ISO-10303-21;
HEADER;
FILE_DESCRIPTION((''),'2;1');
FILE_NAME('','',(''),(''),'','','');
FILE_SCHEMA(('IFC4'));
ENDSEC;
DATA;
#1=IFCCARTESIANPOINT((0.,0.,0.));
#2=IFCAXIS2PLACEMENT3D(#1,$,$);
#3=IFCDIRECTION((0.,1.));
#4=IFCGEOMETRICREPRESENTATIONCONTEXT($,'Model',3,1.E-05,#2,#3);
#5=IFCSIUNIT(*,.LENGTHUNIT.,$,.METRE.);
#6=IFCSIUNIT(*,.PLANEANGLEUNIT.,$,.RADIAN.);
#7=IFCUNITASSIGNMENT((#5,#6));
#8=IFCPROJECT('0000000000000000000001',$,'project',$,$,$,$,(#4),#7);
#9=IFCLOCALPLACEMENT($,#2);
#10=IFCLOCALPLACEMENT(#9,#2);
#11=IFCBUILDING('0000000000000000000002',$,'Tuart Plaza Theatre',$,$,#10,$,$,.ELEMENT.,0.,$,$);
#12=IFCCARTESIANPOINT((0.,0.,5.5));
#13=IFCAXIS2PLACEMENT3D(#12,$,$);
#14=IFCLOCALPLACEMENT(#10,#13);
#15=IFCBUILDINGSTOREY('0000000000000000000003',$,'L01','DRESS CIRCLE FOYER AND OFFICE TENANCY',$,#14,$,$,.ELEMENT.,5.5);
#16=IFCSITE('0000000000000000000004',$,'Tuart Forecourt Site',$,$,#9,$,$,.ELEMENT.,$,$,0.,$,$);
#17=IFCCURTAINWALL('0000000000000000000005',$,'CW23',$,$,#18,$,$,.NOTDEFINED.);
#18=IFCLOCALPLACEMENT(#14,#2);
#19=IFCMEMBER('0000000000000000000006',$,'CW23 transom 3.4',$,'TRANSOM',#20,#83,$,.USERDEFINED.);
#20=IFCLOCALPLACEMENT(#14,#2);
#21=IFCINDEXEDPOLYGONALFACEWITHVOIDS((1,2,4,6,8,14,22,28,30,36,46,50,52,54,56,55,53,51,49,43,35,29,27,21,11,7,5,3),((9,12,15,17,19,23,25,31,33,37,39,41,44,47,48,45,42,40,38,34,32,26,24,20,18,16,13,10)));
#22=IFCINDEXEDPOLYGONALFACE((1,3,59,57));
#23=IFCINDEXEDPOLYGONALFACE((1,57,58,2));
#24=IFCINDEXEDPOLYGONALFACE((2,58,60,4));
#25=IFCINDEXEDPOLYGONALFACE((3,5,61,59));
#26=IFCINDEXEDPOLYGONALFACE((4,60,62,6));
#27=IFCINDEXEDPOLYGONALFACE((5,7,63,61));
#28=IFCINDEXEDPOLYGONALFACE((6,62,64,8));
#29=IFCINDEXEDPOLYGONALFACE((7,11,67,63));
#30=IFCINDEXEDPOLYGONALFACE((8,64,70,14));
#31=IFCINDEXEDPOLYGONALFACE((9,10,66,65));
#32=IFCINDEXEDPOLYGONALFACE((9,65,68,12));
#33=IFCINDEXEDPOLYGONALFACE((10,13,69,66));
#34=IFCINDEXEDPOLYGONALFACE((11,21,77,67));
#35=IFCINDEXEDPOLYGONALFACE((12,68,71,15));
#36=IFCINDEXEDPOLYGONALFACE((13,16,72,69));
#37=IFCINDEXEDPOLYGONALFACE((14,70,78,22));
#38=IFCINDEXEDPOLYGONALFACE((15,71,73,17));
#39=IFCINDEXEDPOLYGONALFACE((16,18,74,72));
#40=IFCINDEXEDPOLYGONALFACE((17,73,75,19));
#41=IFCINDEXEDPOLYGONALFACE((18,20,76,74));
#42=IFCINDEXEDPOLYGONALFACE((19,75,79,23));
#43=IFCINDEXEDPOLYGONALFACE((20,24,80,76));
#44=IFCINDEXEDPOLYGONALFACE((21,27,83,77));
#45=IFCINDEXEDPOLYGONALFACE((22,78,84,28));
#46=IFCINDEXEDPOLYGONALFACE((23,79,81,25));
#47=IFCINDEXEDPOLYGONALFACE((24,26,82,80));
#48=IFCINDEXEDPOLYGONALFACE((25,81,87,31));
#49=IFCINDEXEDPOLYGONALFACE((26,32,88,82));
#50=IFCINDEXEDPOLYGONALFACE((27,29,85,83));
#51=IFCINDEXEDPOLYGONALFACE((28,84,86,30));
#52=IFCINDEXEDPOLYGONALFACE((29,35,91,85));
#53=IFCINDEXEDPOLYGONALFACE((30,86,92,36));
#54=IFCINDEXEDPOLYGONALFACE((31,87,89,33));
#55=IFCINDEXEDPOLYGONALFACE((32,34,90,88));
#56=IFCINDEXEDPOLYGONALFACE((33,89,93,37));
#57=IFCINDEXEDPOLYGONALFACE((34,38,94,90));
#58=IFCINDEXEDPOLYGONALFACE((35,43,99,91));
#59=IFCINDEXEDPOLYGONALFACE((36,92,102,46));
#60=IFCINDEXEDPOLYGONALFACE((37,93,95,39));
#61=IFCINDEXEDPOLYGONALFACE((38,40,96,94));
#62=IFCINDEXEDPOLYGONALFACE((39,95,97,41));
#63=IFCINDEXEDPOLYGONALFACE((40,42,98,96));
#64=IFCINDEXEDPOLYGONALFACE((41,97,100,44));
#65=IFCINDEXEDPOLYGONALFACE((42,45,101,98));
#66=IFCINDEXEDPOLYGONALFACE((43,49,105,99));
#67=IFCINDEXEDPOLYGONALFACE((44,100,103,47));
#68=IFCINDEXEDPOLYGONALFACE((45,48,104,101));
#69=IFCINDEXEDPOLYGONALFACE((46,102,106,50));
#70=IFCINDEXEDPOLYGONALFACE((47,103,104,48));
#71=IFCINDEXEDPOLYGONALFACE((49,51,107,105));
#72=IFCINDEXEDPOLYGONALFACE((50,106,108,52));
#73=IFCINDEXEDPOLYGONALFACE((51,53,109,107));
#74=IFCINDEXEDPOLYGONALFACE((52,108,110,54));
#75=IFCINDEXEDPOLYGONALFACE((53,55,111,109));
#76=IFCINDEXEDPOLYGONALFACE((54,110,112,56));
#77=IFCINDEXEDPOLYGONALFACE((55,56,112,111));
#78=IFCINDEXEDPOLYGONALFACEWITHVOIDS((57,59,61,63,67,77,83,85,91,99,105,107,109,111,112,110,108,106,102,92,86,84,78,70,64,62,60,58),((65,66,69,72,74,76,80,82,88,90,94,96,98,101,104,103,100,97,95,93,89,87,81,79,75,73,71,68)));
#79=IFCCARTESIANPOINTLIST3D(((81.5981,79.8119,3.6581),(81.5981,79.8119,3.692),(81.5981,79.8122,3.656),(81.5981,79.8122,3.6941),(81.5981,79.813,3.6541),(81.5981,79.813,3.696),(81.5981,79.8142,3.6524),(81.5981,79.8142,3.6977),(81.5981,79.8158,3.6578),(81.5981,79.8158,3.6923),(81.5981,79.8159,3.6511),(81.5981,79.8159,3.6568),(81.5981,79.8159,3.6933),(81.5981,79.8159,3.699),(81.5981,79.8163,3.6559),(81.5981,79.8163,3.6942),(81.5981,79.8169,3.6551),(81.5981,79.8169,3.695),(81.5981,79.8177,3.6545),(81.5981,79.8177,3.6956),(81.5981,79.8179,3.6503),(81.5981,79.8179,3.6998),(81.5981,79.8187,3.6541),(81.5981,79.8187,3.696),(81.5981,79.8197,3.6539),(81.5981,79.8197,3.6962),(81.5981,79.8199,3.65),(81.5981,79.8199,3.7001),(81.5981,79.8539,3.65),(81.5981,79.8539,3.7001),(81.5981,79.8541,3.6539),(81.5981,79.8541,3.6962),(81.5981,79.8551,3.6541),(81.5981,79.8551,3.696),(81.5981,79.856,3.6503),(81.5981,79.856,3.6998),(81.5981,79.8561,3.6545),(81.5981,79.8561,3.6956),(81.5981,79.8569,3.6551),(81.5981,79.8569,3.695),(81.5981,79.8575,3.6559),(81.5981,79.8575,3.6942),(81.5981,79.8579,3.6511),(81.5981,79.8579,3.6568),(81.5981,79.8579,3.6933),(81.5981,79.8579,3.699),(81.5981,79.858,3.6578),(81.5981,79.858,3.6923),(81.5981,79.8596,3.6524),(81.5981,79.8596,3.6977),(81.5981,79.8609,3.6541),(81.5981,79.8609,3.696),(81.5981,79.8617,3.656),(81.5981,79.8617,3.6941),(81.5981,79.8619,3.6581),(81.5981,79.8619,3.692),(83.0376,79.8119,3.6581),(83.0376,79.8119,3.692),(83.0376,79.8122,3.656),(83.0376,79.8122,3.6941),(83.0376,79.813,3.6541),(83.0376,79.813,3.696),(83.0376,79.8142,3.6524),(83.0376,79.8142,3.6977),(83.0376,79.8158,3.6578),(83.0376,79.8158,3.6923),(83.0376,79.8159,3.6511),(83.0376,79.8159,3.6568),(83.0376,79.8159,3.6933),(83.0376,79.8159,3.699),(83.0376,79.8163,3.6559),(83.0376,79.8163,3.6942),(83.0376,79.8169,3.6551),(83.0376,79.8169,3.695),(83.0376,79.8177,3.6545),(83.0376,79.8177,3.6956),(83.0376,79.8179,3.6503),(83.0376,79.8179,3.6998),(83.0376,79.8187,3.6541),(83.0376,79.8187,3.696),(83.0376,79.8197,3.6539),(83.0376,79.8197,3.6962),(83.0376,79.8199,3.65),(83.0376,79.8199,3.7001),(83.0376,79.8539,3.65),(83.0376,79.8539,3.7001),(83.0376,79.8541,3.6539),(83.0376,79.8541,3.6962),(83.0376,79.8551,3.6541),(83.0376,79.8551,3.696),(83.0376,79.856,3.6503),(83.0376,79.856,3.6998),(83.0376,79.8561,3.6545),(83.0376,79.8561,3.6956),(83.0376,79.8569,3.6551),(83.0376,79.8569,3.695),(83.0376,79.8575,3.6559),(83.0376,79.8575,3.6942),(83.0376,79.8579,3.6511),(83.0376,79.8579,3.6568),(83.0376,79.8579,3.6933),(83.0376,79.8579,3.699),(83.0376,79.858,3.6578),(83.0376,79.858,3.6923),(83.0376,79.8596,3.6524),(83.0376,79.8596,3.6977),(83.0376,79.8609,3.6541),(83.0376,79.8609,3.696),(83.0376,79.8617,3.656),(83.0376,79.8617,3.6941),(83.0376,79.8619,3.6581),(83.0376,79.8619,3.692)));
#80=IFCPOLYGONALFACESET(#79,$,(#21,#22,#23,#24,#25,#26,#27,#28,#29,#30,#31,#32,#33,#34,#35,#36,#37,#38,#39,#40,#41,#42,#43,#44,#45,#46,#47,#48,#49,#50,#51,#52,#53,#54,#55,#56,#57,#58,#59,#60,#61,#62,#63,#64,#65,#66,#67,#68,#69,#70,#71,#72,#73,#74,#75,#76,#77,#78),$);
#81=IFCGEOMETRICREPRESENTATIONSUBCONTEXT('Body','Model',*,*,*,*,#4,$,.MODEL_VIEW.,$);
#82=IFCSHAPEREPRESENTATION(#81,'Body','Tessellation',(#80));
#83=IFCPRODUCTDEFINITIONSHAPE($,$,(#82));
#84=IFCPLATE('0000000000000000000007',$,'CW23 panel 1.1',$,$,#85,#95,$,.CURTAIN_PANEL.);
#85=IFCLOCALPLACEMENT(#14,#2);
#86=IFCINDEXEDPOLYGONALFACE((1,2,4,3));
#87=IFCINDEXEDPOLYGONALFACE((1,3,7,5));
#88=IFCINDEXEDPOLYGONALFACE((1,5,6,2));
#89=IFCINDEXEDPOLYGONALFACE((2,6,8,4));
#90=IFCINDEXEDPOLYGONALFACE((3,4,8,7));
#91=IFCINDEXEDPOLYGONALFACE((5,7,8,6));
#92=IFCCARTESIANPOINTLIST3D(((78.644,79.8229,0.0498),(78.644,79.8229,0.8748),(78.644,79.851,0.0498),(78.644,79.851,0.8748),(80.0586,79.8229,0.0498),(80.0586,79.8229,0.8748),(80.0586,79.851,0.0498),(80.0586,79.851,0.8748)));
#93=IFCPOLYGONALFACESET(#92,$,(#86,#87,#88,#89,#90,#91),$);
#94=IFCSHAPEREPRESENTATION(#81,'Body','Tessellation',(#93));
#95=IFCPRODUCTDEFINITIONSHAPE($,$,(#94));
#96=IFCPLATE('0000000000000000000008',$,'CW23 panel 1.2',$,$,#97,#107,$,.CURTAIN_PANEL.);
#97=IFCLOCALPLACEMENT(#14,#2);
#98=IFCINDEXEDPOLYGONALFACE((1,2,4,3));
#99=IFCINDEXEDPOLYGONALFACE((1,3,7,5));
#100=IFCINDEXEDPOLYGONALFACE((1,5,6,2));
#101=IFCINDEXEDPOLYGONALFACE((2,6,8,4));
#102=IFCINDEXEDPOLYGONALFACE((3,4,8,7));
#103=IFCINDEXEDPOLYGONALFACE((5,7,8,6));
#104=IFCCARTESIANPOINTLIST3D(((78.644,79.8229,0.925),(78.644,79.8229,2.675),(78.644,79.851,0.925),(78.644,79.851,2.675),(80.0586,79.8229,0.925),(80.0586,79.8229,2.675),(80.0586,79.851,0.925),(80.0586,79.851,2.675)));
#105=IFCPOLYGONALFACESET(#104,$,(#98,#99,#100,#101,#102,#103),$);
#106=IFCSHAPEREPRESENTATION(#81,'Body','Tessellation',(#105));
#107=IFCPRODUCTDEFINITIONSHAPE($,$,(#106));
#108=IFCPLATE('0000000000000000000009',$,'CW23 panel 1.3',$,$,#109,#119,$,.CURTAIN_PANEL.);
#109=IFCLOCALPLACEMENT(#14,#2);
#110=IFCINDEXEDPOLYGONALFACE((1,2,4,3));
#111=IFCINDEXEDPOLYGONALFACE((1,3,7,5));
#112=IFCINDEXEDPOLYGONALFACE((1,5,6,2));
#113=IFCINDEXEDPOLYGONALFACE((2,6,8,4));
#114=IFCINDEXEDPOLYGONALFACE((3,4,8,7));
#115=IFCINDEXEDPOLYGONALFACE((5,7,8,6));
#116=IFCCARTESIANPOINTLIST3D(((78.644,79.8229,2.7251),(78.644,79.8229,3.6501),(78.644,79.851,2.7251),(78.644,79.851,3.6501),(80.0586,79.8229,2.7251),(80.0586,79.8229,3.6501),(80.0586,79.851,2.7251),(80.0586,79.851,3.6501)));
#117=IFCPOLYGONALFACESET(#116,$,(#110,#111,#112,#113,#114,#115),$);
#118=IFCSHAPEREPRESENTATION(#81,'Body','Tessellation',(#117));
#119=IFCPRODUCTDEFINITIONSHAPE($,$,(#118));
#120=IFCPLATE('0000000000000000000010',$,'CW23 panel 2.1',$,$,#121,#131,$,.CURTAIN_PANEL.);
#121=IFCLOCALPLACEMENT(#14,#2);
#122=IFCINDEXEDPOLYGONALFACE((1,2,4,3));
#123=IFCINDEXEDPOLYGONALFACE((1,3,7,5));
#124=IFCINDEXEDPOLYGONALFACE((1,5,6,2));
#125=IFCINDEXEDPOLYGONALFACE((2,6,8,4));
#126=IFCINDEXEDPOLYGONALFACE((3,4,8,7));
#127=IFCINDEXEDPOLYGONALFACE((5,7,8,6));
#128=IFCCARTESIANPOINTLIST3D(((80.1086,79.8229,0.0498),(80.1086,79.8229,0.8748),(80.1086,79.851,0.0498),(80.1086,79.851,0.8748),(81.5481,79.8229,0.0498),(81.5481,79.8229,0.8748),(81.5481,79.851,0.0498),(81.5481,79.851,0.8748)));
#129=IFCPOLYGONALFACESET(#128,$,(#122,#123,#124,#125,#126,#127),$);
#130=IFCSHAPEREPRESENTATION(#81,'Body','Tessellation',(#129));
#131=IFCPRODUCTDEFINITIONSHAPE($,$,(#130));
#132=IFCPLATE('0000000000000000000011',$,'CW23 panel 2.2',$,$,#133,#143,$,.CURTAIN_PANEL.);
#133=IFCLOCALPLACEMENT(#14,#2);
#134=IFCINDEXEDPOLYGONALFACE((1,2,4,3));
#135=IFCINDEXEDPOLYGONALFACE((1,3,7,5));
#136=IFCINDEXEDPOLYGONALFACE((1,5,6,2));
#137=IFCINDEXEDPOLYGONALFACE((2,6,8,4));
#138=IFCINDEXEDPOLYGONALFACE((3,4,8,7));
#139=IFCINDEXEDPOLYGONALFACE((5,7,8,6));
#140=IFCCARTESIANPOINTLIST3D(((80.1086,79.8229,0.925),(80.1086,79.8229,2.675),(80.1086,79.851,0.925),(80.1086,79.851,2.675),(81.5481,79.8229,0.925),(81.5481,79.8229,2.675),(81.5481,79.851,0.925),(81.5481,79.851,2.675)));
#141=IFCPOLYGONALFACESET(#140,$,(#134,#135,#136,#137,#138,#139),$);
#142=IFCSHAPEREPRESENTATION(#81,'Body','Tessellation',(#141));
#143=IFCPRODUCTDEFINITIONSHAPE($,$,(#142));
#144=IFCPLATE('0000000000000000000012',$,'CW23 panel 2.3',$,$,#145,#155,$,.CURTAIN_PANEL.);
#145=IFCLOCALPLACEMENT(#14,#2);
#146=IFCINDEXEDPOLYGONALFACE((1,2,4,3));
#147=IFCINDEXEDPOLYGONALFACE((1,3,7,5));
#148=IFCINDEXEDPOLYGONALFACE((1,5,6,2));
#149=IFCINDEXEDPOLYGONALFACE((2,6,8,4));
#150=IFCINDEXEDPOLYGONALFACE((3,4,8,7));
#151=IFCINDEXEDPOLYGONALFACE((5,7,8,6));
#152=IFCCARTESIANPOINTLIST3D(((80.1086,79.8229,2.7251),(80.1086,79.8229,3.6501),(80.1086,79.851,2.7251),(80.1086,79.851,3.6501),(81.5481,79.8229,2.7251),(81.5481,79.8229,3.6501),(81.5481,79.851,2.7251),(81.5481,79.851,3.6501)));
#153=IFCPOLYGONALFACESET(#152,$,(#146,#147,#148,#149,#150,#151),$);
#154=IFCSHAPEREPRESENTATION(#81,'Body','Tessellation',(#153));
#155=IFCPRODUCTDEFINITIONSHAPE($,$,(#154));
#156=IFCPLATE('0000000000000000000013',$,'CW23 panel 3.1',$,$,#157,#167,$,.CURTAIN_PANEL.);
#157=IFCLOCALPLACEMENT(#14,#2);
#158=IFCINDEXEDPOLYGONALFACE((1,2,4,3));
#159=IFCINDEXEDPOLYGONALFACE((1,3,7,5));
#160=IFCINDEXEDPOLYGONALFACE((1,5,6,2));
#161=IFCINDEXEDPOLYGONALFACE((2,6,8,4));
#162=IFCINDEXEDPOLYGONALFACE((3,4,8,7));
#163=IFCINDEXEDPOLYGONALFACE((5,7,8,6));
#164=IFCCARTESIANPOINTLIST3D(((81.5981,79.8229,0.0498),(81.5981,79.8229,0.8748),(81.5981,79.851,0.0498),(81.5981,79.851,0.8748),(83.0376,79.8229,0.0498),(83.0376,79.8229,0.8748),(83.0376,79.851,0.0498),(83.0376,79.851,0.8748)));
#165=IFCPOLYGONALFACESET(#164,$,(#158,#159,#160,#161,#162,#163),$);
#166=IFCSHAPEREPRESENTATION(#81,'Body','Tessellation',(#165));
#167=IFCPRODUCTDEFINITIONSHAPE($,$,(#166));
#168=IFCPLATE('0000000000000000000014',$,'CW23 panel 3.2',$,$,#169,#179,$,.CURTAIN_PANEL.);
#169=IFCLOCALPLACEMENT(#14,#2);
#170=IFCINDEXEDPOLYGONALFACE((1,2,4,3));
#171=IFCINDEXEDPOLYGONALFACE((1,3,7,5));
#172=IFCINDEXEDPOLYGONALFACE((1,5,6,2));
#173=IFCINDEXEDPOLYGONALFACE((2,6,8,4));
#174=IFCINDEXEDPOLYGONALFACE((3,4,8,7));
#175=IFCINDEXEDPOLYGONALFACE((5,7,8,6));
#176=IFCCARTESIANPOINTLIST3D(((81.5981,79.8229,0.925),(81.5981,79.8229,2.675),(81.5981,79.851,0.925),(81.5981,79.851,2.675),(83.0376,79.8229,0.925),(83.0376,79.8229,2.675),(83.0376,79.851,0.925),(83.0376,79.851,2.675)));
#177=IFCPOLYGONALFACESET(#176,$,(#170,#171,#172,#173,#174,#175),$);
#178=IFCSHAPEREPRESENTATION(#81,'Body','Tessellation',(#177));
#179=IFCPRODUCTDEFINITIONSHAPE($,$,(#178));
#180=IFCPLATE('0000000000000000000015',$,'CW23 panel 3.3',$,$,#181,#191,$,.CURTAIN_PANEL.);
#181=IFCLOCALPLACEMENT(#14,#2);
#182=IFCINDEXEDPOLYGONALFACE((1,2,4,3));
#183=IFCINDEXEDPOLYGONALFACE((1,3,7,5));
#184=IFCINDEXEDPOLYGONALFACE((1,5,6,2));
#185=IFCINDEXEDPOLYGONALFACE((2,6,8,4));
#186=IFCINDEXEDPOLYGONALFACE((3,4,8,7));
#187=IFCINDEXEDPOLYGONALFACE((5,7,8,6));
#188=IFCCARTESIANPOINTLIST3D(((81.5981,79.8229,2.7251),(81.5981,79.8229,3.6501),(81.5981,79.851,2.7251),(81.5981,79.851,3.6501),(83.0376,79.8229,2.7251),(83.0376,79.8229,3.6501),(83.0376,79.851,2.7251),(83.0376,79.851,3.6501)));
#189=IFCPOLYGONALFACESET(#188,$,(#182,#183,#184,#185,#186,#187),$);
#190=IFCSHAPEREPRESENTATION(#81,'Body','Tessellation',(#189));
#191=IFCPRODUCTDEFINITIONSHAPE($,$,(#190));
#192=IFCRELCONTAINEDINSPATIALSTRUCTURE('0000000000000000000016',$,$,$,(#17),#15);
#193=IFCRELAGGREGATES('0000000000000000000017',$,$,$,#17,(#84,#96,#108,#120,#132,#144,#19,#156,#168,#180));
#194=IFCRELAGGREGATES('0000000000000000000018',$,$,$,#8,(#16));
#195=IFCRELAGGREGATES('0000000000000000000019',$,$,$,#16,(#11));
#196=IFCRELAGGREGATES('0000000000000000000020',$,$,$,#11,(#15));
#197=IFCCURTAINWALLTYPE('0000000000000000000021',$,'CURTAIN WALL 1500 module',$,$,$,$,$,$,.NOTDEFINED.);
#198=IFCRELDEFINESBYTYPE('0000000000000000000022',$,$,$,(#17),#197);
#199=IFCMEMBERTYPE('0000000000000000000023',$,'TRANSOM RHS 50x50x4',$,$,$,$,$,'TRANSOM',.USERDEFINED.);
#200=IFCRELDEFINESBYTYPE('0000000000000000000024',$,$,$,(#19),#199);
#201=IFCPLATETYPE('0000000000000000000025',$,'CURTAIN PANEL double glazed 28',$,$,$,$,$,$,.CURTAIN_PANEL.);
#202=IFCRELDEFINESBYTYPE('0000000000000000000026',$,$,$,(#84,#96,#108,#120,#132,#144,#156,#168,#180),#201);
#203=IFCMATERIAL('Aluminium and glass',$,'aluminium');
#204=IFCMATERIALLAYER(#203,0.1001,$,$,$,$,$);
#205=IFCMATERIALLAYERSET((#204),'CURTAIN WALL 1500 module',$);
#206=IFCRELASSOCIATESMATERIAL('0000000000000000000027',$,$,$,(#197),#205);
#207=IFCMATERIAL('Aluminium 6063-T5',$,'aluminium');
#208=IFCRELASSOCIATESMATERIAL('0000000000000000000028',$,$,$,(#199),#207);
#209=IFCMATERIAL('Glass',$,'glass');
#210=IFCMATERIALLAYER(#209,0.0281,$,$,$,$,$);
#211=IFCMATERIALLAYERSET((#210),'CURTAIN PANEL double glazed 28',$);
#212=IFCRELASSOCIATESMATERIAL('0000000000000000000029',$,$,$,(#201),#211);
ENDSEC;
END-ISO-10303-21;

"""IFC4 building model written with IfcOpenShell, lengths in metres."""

from ifc_helpers import new_model, si_unit, direction, frame, origin, origin_2d, place, context, subcontext, project, spatial, rectangle, hollow_rectangle, extrude, material, layer, layer_set, material_profile, profile_set, type_object, element, aggregate, save


model = new_model("IFC4")

# Units and contexts
model_context = context("Model", 3, precision=1e-05, world=origin(), true_north=direction((0.0, 1.0)))
body_context = subcontext(model_context, "Body", "Model", "MODEL_VIEW")
ifc_project = project(units=[si_unit("LENGTHUNIT", "METRE"), si_unit("PLANEANGLEUNIT", "RADIAN")], contexts=[model_context])

# Site, building, storey
site_placement = place(None, origin())
site = spatial("IfcSite", under=ifc_project, at=site_placement, Name="Tuart Forecourt Site", CompositionType="ELEMENT", RefElevation=0.0)
building_placement = place(site_placement, origin())
building = spatial("IfcBuilding", under=site, at=building_placement, Name="Tuart Plaza Theatre", CompositionType="ELEMENT", ElevationOfRefHeight=0.0)
storey_placement = place(building_placement, frame((0.0, 0.0, 5.5)))
storey = spatial("IfcBuildingStorey", under=building, at=storey_placement, Name="L01", Description="DRESS CIRCLE FOYER AND OFFICE TENANCY", CompositionType="ELEMENT", Elevation=5.5)

# Curtain wall, member, plates
ifc_material_1 = material(Name="Aluminium and glass", Category="aluminium")
ifc_layer_1 = layer(ifc_material_1, 0.1001)
ifc_layer_set_1 = layer_set([ifc_layer_1], Name="CURTAIN WALL 1500 module")
curtain_wall_type = type_object("IfcCurtainWallType", Name="CURTAIN WALL 1500 module", PredefinedType="NOTDEFINED", material=ifc_layer_set_1)
curtain_wall_placement = place(storey_placement, origin())
curtain_wall = element("IfcCurtainWall", 1, at=curtain_wall_placement, inside=storey, type_object=curtain_wall_type, Name="CW23", PredefinedType="NOTDEFINED")
ifc_material_2 = material(Name="Aluminium 6063-T5", Category="aluminium")
ifc_material_profile_1 = material_profile(ifc_material_2, hollow_rectangle(XDim=0.05, YDim=0.05, WallThickness=0.0039, InnerFilletRadius=0.0039, OuterFilletRadius=0.0081, at=origin_2d()), Name="RHS 50x50x4")
ifc_profile_set_1 = profile_set([ifc_material_profile_1], Name="Aluminium 6063-T5")
member_type_1 = type_object("IfcMemberType", Name="TRANSOM RHS 50x50x4", ElementType="TRANSOM", PredefinedType="USERDEFINED", material=ifc_profile_set_1)
member_1_placement = place(storey_placement, frame((81.5981, 79.8369, 3.675), z_axis=(1.0, 0.0, 0.0), x_axis=(0.0, 1.0, 0.0)))
member_1 = element("IfcMember", 2, at=member_1_placement, type_object=member_type_1, Name="CW23 transom 3.4", ObjectType="TRANSOM", PredefinedType="USERDEFINED", context=body_context, shape_type="SweptSolid", body=[
    extrude(hollow_rectangle(XDim=0.05, YDim=0.05, WallThickness=0.0039, InnerFilletRadius=0.0039, OuterFilletRadius=0.0081, at=origin_2d()), origin(), (0.0, 0.0, 1.0), 1.4395),
])
ifc_material_3 = material(Name="Glass", Category="glass")
ifc_layer_2 = layer(ifc_material_3, 0.0281)
ifc_layer_set_2 = layer_set([ifc_layer_2], Name="CURTAIN PANEL double glazed 28")
plate_type = type_object("IfcPlateType", Name="CURTAIN PANEL double glazed 28", PredefinedType="CURTAIN_PANEL", material=ifc_layer_set_2)
plate_1_placement = place(storey_placement, frame((79.3513, 79.8369, 0.0498), z_axis=(0.0, 0.0, 1.0), x_axis=(1.0, 0.0, 0.0)))
plate_1 = element("IfcPlate", 3, at=plate_1_placement, type_object=plate_type, Name="CW23 panel 1.1", PredefinedType="CURTAIN_PANEL", context=body_context, shape_type="SweptSolid", body=[
    extrude(rectangle(XDim=1.4146, YDim=0.0281, at=origin_2d()), origin(), (0.0, 0.0, 1.0), 0.825),
])
plate_2_placement = place(storey_placement, frame((79.3513, 79.8369, 0.925), z_axis=(0.0, 0.0, 1.0), x_axis=(1.0, 0.0, 0.0)))
plate_2 = element("IfcPlate", 4, at=plate_2_placement, type_object=plate_type, Name="CW23 panel 1.2", PredefinedType="CURTAIN_PANEL", context=body_context, shape_type="SweptSolid", body=[
    extrude(rectangle(XDim=1.4146, YDim=0.0281, at=origin_2d()), origin(), (0.0, 0.0, 1.0), 1.75),
])
plate_3_placement = place(storey_placement, frame((79.3513, 79.8369, 2.7251), z_axis=(0.0, 0.0, 1.0), x_axis=(1.0, 0.0, 0.0)))
plate_3 = element("IfcPlate", 5, at=plate_3_placement, type_object=plate_type, Name="CW23 panel 1.3", PredefinedType="CURTAIN_PANEL", context=body_context, shape_type="SweptSolid", body=[
    extrude(rectangle(XDim=1.4146, YDim=0.0281, at=origin_2d()), origin(), (0.0, 0.0, 1.0), 0.925),
])
plate_4_placement = place(storey_placement, frame((80.8284, 79.8369, 0.0498), z_axis=(0.0, 0.0, 1.0), x_axis=(1.0, 0.0, 0.0)))
plate_4 = element("IfcPlate", 6, at=plate_4_placement, type_object=plate_type, Name="CW23 panel 2.1", PredefinedType="CURTAIN_PANEL", context=body_context, shape_type="SweptSolid", body=[
    extrude(rectangle(XDim=1.4395, YDim=0.0281, at=origin_2d()), origin(), (0.0, 0.0, 1.0), 0.825),
])
plate_5_placement = place(storey_placement, frame((80.8284, 79.8369, 0.925), z_axis=(0.0, 0.0, 1.0), x_axis=(1.0, 0.0, 0.0)))
plate_5 = element("IfcPlate", 7, at=plate_5_placement, type_object=plate_type, Name="CW23 panel 2.2", PredefinedType="CURTAIN_PANEL", context=body_context, shape_type="SweptSolid", body=[
    extrude(rectangle(XDim=1.4395, YDim=0.0281, at=origin_2d()), origin(), (0.0, 0.0, 1.0), 1.75),
])
plate_6_placement = place(storey_placement, frame((80.8284, 79.8369, 2.7251), z_axis=(0.0, 0.0, 1.0), x_axis=(1.0, 0.0, 0.0)))
plate_6 = element("IfcPlate", 8, at=plate_6_placement, type_object=plate_type, Name="CW23 panel 2.3", PredefinedType="CURTAIN_PANEL", context=body_context, shape_type="SweptSolid", body=[
    extrude(rectangle(XDim=1.4395, YDim=0.0281, at=origin_2d()), origin(), (0.0, 0.0, 1.0), 0.925),
])
plate_7_placement = place(storey_placement, frame((82.3179, 79.8369, 0.0498), z_axis=(0.0, 0.0, 1.0), x_axis=(1.0, 0.0, 0.0)))
plate_7 = element("IfcPlate", 9, at=plate_7_placement, type_object=plate_type, Name="CW23 panel 3.1", PredefinedType="CURTAIN_PANEL", context=body_context, shape_type="SweptSolid", body=[
    extrude(rectangle(XDim=1.4395, YDim=0.0281, at=origin_2d()), origin(), (0.0, 0.0, 1.0), 0.825),
])
plate_8_placement = place(storey_placement, frame((82.3179, 79.8369, 0.925), z_axis=(0.0, 0.0, 1.0), x_axis=(1.0, 0.0, 0.0)))
plate_8 = element("IfcPlate", 10, at=plate_8_placement, type_object=plate_type, Name="CW23 panel 3.2", PredefinedType="CURTAIN_PANEL", context=body_context, shape_type="SweptSolid", body=[
    extrude(rectangle(XDim=1.4395, YDim=0.0281, at=origin_2d()), origin(), (0.0, 0.0, 1.0), 1.75),
])
plate_9_placement = place(storey_placement, frame((82.3179, 79.8369, 2.7251), z_axis=(0.0, 0.0, 1.0), x_axis=(1.0, 0.0, 0.0)))
plate_9 = element("IfcPlate", 11, at=plate_9_placement, type_object=plate_type, Name="CW23 panel 3.3", PredefinedType="CURTAIN_PANEL", context=body_context, shape_type="SweptSolid", body=[
    extrude(rectangle(XDim=1.4395, YDim=0.0281, at=origin_2d()), origin(), (0.0, 0.0, 1.0), 0.925),
])
aggregate(curtain_wall, [plate_1, plate_2, plate_3, plate_4, plate_5, plate_6, member_1, plate_7, plate_8, plate_9])

save(model, "model.ifc")
